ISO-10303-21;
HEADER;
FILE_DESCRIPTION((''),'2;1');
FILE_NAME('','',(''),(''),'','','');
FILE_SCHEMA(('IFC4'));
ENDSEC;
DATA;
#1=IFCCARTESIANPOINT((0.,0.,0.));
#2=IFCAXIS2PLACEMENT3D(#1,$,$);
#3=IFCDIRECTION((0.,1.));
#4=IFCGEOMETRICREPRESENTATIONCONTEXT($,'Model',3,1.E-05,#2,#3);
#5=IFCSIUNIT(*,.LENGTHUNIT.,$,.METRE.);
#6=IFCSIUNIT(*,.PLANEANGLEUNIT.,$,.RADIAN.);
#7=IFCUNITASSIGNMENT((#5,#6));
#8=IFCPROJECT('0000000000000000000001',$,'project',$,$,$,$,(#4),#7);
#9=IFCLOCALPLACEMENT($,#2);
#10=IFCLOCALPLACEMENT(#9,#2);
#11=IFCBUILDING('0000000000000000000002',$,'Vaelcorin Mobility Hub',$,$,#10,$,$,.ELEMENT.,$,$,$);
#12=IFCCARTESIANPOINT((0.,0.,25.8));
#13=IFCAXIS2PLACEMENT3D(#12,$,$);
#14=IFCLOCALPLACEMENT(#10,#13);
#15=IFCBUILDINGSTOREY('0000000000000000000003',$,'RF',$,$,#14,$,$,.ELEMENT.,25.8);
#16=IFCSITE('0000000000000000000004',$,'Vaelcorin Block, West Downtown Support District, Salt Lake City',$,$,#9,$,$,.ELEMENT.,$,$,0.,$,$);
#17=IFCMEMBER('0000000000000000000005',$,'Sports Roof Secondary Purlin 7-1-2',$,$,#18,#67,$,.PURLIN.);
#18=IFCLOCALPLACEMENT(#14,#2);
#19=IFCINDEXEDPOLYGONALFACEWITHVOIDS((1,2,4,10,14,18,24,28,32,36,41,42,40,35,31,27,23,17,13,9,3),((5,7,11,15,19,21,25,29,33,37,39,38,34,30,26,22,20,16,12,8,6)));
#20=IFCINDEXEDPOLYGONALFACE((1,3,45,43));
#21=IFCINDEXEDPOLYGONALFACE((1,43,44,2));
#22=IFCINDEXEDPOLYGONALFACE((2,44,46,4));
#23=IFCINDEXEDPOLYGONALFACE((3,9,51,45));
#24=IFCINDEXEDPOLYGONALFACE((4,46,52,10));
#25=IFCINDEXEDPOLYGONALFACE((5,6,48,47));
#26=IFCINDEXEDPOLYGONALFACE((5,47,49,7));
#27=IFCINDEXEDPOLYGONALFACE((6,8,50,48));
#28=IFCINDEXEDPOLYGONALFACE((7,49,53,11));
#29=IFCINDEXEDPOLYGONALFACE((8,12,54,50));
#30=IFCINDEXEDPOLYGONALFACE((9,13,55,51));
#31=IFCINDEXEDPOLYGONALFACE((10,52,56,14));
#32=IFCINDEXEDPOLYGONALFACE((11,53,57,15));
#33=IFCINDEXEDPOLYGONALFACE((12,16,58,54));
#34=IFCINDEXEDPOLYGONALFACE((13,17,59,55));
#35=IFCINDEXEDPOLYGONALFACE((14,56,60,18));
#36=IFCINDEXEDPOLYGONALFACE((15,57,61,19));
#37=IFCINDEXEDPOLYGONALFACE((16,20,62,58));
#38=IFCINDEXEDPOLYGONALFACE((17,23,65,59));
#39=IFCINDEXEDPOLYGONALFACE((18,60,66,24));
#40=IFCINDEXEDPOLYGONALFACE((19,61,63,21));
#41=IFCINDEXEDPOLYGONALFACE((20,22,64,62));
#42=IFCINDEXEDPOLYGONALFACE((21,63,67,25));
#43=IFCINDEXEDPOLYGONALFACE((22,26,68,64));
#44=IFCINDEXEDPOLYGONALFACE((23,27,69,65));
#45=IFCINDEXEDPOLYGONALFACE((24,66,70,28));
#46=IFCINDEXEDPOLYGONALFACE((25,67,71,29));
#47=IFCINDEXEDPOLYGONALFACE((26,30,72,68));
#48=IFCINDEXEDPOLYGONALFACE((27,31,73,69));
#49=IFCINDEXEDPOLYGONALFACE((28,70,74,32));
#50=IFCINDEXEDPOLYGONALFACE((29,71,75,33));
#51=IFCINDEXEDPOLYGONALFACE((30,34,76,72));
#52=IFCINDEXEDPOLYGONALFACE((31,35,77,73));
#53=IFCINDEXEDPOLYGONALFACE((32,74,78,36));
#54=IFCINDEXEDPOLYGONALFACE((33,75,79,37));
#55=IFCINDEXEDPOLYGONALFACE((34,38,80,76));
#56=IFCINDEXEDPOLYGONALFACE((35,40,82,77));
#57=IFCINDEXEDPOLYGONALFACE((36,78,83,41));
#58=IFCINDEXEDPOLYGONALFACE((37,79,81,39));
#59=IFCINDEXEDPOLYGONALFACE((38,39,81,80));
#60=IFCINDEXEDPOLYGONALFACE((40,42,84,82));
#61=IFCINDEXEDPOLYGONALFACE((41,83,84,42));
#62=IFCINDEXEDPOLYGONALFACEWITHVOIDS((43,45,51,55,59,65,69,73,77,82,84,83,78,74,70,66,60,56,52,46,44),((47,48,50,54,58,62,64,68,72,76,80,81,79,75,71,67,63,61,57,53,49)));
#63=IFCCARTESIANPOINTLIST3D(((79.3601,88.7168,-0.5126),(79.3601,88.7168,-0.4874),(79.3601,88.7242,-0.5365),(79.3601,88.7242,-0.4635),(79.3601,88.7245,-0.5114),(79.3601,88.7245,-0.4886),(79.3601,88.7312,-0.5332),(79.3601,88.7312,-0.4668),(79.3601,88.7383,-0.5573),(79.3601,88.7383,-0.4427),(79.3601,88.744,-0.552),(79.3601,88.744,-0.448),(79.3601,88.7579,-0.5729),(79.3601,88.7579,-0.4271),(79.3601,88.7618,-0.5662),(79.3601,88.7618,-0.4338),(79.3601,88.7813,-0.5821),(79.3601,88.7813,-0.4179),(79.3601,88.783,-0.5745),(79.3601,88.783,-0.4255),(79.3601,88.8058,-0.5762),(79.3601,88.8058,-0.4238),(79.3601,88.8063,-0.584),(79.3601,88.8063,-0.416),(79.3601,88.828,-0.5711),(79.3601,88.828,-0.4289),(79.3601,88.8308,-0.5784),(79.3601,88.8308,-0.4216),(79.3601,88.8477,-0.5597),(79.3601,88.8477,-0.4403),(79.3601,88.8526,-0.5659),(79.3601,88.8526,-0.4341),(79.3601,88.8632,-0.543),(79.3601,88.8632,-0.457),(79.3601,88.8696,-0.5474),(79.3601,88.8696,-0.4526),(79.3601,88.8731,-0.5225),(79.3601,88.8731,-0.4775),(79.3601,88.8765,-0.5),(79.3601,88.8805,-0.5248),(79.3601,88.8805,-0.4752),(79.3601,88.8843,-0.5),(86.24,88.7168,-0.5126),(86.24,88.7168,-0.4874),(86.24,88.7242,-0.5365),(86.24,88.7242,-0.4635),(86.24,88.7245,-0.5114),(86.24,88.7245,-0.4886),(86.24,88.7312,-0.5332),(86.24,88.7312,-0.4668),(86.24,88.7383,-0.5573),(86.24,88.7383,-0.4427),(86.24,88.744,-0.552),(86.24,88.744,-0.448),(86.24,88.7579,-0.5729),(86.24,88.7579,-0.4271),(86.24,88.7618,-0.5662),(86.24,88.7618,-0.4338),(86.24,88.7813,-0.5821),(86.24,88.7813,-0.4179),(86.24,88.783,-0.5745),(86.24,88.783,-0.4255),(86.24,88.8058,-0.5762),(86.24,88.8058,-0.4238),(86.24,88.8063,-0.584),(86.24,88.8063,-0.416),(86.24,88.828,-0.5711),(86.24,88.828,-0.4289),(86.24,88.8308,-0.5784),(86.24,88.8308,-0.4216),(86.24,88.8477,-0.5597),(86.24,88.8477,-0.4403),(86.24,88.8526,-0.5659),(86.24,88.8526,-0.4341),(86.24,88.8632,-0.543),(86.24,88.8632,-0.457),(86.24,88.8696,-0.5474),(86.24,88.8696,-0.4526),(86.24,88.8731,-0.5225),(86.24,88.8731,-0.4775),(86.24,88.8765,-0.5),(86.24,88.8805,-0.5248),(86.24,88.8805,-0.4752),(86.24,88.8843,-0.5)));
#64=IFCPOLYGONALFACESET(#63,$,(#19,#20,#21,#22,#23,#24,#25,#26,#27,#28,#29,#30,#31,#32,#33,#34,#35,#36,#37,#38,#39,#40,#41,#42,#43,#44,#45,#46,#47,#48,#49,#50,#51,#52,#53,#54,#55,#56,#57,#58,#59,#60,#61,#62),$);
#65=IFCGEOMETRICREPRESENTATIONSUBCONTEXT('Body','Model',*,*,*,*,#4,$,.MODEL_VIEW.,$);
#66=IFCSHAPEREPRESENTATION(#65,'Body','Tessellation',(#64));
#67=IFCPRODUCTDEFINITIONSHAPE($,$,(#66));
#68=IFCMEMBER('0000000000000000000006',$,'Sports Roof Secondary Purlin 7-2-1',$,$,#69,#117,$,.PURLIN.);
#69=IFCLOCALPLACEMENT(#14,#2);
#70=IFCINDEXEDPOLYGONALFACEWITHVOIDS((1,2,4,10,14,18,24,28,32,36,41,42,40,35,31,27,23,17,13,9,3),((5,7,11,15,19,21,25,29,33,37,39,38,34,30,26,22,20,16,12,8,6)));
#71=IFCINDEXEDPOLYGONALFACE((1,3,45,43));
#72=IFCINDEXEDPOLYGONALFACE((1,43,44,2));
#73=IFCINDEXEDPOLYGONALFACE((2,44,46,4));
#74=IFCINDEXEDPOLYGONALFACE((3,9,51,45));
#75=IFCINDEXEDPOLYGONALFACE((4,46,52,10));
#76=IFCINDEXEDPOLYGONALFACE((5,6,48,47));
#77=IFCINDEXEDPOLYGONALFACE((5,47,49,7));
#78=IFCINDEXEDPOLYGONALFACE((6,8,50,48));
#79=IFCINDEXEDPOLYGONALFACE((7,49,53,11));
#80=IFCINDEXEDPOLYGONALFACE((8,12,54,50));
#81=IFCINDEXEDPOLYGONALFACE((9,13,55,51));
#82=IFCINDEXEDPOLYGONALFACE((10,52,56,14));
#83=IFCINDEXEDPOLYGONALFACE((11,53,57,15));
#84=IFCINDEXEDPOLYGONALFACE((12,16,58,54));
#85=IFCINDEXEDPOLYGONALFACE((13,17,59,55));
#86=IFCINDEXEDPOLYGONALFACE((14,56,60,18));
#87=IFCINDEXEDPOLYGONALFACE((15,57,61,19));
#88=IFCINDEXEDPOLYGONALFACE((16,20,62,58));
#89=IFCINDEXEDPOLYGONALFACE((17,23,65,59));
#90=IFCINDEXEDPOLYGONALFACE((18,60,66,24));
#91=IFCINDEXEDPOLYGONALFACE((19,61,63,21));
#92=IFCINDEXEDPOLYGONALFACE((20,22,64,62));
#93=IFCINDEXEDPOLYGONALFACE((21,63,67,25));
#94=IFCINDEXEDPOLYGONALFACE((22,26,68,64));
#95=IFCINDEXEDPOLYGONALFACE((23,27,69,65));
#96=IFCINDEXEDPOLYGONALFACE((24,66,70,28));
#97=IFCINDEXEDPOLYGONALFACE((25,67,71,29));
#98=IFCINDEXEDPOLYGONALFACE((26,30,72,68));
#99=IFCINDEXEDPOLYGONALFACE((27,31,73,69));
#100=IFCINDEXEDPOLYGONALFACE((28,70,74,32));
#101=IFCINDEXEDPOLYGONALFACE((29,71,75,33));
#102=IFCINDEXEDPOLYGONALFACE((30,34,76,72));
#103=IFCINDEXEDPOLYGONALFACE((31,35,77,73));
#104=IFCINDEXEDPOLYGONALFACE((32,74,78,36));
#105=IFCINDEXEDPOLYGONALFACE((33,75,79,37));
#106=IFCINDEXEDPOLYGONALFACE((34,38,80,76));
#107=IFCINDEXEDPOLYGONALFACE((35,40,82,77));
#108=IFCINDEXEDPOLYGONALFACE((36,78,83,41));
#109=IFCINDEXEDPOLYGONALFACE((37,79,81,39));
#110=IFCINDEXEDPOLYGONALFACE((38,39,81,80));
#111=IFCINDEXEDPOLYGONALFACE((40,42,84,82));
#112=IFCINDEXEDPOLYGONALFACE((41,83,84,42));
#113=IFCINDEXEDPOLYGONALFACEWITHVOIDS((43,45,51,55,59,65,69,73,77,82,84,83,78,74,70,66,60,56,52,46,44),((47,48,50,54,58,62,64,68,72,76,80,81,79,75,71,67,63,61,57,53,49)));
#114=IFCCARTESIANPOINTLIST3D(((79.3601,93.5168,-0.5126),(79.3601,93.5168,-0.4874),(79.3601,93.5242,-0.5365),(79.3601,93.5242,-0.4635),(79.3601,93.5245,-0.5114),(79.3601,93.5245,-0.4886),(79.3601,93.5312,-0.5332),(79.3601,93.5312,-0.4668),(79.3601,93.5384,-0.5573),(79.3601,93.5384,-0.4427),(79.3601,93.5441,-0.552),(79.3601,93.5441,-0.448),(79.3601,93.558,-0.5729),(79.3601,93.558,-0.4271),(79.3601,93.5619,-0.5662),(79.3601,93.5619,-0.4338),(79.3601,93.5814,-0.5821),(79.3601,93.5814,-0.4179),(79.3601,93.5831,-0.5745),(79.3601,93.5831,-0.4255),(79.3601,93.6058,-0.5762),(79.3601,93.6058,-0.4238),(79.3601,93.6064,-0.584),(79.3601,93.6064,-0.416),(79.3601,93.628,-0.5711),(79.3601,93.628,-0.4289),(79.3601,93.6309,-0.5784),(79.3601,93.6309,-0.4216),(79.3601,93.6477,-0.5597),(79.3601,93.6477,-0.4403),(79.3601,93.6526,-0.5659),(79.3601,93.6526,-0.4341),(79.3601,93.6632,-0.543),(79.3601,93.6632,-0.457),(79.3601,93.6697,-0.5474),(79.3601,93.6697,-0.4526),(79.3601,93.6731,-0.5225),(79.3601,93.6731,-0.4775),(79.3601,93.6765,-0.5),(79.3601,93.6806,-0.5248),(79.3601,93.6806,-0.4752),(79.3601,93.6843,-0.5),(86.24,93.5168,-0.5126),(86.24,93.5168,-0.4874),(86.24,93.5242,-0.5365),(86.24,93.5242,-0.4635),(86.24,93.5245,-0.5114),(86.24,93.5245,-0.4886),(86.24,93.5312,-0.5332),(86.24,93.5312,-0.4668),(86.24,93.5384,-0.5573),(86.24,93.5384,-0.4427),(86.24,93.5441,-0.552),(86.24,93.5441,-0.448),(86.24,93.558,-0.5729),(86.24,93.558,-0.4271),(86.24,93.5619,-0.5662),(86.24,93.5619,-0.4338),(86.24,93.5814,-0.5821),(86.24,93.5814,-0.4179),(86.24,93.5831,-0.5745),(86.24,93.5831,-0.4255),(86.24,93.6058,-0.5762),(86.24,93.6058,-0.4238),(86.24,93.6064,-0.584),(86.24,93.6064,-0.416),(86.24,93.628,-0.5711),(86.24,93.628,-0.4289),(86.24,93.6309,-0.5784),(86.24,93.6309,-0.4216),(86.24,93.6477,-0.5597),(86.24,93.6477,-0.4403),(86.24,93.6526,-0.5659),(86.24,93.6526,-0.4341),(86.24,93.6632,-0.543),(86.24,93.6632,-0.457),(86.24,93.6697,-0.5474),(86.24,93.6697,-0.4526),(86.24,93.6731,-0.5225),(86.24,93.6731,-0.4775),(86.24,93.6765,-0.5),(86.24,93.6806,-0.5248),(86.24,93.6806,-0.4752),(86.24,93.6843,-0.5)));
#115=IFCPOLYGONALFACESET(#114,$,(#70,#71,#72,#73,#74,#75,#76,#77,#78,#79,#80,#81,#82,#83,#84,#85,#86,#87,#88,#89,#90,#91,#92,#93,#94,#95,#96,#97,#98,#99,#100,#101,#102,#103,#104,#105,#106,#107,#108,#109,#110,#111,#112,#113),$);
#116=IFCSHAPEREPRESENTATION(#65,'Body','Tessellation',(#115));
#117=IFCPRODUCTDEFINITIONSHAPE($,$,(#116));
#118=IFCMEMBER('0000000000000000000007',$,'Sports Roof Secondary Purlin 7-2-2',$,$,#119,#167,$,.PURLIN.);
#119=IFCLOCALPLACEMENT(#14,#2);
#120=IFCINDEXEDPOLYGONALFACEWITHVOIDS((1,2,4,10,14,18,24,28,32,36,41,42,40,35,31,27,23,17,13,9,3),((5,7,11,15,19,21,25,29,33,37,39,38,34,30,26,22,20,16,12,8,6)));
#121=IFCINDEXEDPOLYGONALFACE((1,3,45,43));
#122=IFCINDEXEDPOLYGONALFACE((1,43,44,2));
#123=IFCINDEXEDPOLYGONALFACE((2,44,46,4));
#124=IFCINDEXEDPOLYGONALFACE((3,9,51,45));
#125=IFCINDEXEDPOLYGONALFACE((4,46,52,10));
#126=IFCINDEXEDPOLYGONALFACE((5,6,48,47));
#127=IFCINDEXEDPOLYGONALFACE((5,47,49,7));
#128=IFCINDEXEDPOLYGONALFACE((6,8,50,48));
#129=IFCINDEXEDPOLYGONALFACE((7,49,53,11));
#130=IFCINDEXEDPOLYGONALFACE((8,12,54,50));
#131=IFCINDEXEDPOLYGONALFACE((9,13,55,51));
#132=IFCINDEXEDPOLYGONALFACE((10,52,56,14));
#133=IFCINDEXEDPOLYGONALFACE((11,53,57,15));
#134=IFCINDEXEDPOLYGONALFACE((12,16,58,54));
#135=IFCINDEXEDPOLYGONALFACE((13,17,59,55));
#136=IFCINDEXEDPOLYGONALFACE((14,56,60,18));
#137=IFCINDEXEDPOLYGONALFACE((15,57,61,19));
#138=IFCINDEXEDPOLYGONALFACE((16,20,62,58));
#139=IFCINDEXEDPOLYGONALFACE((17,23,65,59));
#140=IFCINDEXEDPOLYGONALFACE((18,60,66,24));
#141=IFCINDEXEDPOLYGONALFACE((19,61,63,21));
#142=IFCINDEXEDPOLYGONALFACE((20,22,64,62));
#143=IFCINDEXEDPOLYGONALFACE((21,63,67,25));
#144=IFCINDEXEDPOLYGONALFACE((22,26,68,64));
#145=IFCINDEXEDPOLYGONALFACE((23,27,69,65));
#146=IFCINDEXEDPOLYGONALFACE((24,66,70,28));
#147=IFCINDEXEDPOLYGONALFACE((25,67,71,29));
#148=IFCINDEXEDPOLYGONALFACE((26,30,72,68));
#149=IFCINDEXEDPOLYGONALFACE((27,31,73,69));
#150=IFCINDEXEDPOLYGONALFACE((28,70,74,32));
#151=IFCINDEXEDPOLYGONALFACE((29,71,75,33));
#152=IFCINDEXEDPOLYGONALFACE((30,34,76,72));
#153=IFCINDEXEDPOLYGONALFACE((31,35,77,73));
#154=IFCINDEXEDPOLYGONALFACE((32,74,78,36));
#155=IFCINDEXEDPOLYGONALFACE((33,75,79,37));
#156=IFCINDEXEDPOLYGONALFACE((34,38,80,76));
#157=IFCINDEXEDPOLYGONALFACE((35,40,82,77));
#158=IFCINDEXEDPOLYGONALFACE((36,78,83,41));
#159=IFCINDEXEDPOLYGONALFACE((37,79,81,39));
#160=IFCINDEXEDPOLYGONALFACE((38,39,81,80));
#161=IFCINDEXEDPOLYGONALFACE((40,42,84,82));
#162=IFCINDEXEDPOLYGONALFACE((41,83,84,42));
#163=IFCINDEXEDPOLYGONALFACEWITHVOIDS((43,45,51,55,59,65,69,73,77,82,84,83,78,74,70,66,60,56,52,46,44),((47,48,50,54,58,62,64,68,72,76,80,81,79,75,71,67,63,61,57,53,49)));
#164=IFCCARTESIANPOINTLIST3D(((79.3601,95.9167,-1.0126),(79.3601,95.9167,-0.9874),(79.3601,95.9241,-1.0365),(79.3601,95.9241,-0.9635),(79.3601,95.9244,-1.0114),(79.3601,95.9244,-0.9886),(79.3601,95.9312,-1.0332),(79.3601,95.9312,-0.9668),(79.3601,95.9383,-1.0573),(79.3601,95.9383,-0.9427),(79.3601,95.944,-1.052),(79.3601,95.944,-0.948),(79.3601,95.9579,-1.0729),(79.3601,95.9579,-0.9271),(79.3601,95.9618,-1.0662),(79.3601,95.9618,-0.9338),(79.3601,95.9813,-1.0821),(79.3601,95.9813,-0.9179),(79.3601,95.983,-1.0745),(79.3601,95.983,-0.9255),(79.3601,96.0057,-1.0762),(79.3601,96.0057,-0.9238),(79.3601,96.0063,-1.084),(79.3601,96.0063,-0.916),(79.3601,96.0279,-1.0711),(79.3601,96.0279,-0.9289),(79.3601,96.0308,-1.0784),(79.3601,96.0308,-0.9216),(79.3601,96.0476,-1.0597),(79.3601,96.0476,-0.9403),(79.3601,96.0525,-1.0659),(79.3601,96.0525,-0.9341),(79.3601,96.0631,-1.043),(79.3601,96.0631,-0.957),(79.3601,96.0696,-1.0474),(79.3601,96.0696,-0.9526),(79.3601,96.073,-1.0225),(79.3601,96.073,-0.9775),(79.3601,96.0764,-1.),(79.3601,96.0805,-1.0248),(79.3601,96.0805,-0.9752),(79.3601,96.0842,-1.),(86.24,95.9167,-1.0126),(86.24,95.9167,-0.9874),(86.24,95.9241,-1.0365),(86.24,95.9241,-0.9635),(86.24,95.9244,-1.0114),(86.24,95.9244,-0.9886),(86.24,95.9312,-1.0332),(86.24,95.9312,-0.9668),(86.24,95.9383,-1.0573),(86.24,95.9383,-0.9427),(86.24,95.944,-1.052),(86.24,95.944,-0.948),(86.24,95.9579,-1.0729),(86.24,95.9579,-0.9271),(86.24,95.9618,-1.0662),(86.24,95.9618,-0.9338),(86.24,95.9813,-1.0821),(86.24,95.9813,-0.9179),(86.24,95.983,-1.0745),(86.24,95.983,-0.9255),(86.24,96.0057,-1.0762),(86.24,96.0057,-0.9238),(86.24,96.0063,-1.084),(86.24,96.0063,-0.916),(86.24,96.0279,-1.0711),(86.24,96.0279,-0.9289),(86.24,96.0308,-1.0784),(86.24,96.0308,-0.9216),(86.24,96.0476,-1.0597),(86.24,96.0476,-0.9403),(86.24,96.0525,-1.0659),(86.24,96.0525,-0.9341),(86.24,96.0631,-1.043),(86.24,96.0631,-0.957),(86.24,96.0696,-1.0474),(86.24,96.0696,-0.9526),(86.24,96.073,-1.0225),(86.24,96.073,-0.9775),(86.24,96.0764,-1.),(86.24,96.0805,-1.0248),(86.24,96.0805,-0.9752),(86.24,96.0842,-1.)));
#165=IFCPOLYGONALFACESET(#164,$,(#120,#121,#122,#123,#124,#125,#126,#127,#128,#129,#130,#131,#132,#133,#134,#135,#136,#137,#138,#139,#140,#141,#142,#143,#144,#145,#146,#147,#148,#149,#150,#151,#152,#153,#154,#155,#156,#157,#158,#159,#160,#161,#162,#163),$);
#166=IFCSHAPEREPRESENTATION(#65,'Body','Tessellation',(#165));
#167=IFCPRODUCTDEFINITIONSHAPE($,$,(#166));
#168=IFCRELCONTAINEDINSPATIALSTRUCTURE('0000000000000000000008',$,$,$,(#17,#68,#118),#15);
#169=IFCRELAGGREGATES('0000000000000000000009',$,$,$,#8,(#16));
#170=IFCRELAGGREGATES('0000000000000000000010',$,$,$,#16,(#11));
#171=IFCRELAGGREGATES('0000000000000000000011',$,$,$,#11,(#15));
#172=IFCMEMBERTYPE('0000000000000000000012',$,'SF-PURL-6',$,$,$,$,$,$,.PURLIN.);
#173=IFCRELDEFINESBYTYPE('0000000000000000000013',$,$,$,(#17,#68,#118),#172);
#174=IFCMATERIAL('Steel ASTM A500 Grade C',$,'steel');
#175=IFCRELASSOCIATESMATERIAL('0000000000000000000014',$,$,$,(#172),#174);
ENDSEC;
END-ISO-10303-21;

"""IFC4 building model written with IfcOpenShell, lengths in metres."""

from ifc_helpers import new_model, si_unit, direction, frame, origin, origin_2d, place, context, subcontext, project, spatial, hollow_circle, extrude, material, material_profile, profile_set, type_object, element, save


model = new_model("IFC4")

# Units and contexts
model_context = context("Model", 3, precision=1e-05, world=origin(), true_north=direction((0.0, 1.0)))
body_context = subcontext(model_context, "Body", "Model", "MODEL_VIEW")
ifc_project = project(units=[si_unit("LENGTHUNIT", "METRE"), si_unit("PLANEANGLEUNIT", "RADIAN")], contexts=[model_context])

# Site, building, storey
site_placement = place(None, origin())
site = spatial("IfcSite", under=ifc_project, at=site_placement, Name="Vaelcorin Block, West Downtown Support District, Salt Lake City", CompositionType="ELEMENT", RefElevation=0.0)
building_placement = place(site_placement, origin())
building = spatial("IfcBuilding", under=site, at=building_placement, Name="Vaelcorin Mobility Hub", CompositionType="ELEMENT")
storey_placement = place(building_placement, frame((0.0, 0.0, 25.8)))
storey = spatial("IfcBuildingStorey", under=building, at=storey_placement, Name="RF", CompositionType="ELEMENT", Elevation=25.8)

# Members
ifc_material_1 = material(Name="Steel ASTM A500 Grade C", Category="steel")
ifc_material_profile_1 = material_profile(ifc_material_1, hollow_circle(Radius=0.0842, WallThickness=0.0078, at=origin_2d()), Name="HSS6.625X0.312")
ifc_profile_set_1 = profile_set([ifc_material_profile_1], Name="Steel ASTM A500 Grade C")
member_type_1 = type_object("IfcMemberType", Name="SF-PURL-6", PredefinedType="PURLIN", material=ifc_profile_set_1)
for number, where, z_axis, x_axis, name in (
    (1, (79.3601, 88.8, -0.5), (1.0, 0.0, 0.0), (0.0, 1.0, 0.0), "Sports Roof Secondary Purlin 7-1-2"),
    (2, (79.3601, 93.6001, -0.5), (1.0, 0.0, 0.0), (0.0, 1.0, 0.0), "Sports Roof Secondary Purlin 7-2-1"),
    (3, (79.3601, 96.0, -1.0), (1.0, 0.0, 0.0), (0.0, 1.0, 0.0), "Sports Roof Secondary Purlin 7-2-2"),
):
    element("IfcMember", number, at=place(storey_placement, frame(where, z_axis=z_axis, x_axis=x_axis)), inside=storey, type_object=member_type_1, Name=name, PredefinedType="PURLIN", context=body_context, shape_type="SweptSolid", body=[
        extrude(hollow_circle(Radius=0.0842, WallThickness=0.0078, at=origin_2d()), origin(), (0.0, 0.0, 1.0), 6.8799),
    ])

save(model, "model.ifc")
